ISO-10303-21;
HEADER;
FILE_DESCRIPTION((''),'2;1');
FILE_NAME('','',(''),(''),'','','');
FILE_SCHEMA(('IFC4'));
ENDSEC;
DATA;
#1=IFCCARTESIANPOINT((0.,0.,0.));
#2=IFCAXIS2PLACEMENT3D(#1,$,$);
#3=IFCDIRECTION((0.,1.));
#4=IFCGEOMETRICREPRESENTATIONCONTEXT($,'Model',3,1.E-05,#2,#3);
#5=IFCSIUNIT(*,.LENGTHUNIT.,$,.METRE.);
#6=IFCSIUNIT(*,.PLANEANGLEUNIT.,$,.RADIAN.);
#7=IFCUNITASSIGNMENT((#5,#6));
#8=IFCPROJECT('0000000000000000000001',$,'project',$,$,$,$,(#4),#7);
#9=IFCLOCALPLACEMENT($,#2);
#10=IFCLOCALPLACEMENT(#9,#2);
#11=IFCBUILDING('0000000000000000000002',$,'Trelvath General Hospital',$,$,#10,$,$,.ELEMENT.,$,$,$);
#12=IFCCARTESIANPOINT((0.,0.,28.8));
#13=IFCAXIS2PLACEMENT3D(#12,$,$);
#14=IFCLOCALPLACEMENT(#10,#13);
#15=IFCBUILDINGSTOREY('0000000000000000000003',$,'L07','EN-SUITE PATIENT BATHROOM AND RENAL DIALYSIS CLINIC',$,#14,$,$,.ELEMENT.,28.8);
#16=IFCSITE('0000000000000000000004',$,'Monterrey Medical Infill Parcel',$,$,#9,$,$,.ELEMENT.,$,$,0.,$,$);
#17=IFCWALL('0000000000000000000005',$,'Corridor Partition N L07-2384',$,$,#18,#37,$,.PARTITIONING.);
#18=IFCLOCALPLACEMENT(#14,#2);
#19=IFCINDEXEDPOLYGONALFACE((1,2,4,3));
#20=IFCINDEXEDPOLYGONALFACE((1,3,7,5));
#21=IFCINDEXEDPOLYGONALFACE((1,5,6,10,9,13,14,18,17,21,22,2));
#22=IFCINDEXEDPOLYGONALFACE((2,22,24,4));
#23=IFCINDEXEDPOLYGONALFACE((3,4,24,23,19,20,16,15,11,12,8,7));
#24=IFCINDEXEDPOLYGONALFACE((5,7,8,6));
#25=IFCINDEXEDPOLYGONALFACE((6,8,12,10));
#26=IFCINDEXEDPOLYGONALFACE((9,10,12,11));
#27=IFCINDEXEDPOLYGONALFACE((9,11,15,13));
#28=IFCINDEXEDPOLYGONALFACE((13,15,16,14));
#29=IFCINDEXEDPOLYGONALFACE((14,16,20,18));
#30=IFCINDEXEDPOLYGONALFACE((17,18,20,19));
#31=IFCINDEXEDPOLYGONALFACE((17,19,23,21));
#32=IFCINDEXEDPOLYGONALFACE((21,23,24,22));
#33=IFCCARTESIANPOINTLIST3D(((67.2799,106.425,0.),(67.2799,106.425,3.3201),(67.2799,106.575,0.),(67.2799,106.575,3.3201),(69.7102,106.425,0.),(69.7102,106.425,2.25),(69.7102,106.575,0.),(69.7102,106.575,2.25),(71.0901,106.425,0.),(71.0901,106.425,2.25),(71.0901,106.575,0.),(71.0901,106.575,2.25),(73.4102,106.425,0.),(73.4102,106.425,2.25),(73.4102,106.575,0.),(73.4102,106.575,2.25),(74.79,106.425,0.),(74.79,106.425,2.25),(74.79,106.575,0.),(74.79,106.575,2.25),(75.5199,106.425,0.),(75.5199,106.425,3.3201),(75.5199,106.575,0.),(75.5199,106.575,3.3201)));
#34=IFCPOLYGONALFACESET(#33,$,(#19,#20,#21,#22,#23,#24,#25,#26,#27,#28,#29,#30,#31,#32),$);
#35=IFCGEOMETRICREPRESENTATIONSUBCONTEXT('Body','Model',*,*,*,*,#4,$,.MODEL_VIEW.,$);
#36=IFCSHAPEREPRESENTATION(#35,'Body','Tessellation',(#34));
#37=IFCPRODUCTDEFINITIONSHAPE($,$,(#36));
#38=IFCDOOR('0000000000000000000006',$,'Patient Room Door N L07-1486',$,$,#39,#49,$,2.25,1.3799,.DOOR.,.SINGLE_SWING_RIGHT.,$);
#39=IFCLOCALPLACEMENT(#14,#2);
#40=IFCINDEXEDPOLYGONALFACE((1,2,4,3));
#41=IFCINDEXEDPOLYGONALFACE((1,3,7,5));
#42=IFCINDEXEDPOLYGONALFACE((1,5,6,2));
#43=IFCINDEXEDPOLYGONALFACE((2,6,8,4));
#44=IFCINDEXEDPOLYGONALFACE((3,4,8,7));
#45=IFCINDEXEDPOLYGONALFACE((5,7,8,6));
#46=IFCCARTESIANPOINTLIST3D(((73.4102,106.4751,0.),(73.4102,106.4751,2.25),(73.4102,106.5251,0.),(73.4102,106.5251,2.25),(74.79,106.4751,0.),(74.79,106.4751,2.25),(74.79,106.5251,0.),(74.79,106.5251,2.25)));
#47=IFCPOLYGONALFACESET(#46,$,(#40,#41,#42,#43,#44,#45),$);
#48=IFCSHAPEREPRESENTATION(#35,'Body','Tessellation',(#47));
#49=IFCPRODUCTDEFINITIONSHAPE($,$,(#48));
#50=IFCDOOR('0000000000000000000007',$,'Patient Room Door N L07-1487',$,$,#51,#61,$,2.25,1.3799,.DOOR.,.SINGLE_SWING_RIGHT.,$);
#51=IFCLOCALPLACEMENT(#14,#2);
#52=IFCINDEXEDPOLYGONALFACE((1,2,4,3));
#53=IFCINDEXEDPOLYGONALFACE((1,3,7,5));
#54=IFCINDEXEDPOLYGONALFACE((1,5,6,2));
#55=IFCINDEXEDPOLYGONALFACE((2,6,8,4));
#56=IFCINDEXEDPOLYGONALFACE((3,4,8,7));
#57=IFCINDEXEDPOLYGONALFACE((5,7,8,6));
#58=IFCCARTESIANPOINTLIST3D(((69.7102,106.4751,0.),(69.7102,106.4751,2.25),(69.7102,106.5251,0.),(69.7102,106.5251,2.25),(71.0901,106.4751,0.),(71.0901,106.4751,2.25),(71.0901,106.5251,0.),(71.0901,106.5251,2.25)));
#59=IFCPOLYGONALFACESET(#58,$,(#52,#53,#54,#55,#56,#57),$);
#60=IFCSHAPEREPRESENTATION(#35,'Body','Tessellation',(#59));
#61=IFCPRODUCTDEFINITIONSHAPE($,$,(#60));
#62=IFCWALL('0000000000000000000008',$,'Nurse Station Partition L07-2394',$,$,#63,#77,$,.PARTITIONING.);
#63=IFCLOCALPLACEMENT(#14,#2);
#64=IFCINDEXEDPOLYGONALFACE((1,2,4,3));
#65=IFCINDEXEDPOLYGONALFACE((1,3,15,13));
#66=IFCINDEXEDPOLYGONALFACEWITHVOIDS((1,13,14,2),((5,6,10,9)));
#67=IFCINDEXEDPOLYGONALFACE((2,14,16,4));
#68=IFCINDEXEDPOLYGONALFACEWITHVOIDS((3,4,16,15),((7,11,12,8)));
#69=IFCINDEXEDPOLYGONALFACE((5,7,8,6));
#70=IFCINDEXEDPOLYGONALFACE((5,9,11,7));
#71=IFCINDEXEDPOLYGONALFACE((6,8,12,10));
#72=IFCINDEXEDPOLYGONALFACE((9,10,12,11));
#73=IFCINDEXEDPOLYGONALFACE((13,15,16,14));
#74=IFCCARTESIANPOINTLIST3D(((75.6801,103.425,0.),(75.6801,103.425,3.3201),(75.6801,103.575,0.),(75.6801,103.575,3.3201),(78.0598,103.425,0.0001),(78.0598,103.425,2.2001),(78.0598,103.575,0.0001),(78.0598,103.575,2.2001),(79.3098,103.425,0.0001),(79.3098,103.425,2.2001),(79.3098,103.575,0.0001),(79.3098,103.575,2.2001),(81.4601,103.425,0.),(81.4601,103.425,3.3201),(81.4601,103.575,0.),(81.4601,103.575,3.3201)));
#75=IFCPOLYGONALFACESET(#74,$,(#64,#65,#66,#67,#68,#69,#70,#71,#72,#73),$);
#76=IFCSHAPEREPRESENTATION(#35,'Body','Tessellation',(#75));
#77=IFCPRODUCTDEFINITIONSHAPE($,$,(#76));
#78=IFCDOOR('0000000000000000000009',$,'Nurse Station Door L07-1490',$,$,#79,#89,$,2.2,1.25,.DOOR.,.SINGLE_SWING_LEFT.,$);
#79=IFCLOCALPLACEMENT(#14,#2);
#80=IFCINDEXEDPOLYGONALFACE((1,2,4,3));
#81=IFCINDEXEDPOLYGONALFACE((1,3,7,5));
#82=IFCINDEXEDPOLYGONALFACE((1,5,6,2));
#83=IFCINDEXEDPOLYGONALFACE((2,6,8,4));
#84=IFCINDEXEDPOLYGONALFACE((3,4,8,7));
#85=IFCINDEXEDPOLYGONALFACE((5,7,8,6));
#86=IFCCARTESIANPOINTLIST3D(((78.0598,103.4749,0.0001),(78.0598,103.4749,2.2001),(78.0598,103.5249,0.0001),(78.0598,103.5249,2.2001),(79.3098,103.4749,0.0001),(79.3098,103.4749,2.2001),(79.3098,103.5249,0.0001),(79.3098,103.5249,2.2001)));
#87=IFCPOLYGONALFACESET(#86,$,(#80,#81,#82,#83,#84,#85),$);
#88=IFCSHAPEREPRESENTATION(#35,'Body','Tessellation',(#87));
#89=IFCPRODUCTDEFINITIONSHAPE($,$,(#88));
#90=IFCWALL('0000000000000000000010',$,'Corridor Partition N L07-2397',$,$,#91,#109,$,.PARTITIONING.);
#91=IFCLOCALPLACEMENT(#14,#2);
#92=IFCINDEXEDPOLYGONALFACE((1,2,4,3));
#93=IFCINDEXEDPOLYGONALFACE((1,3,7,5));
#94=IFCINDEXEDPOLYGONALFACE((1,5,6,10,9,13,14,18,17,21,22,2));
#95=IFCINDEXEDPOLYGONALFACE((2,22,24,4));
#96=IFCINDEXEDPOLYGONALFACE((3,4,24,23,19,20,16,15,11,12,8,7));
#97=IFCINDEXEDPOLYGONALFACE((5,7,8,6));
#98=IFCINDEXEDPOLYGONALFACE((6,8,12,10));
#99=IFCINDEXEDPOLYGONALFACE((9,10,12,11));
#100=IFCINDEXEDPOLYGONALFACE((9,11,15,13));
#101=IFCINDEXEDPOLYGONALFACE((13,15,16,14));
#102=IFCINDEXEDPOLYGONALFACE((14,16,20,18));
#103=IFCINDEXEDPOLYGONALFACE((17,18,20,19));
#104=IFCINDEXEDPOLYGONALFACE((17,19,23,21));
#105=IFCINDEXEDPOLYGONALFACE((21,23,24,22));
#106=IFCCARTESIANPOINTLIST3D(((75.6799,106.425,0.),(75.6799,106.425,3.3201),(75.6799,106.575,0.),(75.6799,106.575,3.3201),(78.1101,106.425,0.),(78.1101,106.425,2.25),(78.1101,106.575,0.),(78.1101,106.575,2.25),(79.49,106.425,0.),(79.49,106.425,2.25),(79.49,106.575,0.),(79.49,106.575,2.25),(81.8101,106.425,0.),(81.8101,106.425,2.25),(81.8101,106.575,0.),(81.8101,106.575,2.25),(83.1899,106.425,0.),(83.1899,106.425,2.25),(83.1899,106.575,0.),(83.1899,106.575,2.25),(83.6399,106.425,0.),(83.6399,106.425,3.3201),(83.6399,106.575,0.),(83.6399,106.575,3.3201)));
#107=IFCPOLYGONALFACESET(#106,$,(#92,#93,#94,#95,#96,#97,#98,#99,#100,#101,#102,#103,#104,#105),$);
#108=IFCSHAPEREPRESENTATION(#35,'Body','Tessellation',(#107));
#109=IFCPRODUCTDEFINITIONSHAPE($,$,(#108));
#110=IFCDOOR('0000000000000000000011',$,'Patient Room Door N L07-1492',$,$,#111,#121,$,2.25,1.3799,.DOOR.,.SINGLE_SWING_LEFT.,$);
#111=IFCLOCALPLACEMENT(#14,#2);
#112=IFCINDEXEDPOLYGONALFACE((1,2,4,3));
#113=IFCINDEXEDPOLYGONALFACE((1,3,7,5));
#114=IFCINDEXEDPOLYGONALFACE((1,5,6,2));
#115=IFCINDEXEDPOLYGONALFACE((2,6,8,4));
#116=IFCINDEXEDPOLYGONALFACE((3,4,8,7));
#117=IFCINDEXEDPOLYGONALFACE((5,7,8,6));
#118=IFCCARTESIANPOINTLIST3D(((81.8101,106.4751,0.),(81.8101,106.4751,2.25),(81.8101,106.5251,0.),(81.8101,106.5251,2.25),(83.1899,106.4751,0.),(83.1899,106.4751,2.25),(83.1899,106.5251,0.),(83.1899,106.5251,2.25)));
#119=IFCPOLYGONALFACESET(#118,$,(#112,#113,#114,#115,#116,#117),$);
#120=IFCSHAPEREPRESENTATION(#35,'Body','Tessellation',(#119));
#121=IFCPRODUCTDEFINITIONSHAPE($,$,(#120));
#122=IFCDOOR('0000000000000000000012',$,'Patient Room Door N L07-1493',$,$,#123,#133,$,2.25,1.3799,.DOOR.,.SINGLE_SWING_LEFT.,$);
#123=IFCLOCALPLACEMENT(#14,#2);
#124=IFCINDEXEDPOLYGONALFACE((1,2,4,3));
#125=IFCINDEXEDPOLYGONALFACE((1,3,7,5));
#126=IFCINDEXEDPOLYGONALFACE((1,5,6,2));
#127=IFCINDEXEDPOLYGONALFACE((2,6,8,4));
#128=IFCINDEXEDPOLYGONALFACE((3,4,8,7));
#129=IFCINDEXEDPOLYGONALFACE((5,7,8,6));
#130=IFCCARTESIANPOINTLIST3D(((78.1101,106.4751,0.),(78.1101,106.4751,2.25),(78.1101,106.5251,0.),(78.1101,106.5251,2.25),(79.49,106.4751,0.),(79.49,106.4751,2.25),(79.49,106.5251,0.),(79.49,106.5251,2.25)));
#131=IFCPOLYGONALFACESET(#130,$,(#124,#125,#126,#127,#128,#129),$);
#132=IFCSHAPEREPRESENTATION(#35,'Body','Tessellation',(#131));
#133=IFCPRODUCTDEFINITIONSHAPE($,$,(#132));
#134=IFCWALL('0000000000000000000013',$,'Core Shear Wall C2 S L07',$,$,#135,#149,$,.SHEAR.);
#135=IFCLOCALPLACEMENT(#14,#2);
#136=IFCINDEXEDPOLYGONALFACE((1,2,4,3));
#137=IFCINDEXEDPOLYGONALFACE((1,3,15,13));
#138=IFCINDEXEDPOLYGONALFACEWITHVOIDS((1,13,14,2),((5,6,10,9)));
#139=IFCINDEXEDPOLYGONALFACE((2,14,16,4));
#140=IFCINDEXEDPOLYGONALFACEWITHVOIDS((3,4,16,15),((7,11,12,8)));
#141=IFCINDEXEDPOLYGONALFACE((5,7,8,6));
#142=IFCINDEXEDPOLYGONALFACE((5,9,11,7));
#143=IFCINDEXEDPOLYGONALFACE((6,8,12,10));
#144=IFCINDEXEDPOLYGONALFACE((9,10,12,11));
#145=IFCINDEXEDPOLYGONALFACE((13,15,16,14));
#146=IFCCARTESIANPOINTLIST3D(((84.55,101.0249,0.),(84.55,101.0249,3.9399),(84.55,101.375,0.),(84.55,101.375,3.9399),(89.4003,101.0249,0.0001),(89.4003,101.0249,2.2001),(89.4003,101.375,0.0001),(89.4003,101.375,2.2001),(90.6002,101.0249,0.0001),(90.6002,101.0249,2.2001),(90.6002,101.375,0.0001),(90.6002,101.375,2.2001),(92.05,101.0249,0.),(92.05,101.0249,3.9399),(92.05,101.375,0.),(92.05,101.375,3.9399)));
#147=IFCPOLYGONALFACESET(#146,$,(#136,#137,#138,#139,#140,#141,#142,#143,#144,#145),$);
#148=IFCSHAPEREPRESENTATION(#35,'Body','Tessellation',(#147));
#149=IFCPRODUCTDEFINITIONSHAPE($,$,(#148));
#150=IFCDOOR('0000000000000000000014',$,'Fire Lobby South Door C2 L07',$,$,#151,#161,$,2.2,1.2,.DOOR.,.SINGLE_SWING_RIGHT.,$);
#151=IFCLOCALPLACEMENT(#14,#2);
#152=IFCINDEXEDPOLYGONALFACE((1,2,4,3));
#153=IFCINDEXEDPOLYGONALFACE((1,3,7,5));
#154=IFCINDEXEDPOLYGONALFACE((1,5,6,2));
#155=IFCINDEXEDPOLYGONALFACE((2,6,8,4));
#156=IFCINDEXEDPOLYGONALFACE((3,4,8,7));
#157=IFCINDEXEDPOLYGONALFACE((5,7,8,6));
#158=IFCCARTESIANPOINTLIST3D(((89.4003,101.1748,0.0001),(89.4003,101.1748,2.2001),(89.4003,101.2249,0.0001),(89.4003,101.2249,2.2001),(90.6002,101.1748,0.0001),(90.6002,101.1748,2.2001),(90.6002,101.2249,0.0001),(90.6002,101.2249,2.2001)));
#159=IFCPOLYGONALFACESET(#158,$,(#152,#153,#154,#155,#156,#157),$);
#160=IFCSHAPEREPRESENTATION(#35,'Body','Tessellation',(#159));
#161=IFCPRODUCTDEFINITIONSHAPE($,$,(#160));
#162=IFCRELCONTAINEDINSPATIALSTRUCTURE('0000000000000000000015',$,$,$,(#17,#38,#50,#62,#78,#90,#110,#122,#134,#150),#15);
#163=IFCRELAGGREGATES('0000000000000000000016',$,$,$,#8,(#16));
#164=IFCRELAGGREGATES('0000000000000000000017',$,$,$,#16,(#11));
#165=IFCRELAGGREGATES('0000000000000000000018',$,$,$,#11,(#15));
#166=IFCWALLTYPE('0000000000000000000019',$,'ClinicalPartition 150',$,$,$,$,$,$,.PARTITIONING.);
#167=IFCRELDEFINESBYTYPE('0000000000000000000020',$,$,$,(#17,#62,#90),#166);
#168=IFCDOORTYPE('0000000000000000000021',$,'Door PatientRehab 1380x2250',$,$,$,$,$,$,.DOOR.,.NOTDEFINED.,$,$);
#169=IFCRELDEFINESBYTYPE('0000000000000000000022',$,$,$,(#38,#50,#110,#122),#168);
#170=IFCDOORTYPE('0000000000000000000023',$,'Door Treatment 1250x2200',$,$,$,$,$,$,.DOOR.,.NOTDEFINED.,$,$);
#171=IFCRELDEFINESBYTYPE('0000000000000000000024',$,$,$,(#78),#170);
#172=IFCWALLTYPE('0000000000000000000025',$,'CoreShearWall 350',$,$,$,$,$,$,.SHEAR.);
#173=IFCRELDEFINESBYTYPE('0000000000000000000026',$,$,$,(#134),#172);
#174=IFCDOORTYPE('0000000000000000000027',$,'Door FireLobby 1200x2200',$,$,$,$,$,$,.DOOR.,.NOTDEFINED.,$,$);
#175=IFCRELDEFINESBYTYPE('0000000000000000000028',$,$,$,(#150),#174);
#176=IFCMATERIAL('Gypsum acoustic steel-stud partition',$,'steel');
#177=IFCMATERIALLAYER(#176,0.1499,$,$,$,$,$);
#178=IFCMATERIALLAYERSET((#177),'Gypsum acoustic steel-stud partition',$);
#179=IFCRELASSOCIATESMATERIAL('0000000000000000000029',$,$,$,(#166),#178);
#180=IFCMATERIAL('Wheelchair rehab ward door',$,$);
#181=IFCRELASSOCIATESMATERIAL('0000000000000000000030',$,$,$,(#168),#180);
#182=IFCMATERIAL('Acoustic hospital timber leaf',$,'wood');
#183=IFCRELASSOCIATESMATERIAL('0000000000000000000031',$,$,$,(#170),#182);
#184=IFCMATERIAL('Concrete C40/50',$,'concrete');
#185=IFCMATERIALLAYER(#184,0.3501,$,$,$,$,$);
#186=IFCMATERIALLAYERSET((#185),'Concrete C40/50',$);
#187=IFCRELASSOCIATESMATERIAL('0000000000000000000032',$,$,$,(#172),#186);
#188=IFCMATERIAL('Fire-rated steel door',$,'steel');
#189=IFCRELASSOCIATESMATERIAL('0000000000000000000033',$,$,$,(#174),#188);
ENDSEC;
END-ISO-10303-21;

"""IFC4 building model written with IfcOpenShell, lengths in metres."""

from ifc_helpers import new_model, si_unit, direction, frame, frame_2d, origin, place, context, subcontext, project, spatial, rectangle, extrude, material, layer, layer_set, type_object, element, fill, save


model = new_model("IFC4")

# Units and contexts
model_context = context("Model", 3, precision=1e-05, world=origin(), true_north=direction((0.0, 1.0)))
body_context = subcontext(model_context, "Body", "Model", "MODEL_VIEW")
ifc_project = project(units=[si_unit("LENGTHUNIT", "METRE"), si_unit("PLANEANGLEUNIT", "RADIAN")], contexts=[model_context])

# Site, building, storey
site_placement = place(None, origin())
site = spatial("IfcSite", under=ifc_project, at=site_placement, Name="Monterrey Medical Infill Parcel", CompositionType="ELEMENT", RefElevation=0.0)
building_placement = place(site_placement, origin())
building = spatial("IfcBuilding", under=site, at=building_placement, Name="Trelvath General Hospital", CompositionType="ELEMENT")
storey_placement = place(building_placement, frame((0.0, 0.0, 28.8)))
storey = spatial("IfcBuildingStorey", under=building, at=storey_placement, Name="L07", Description="EN-SUITE PATIENT BATHROOM AND RENAL DIALYSIS CLINIC", CompositionType="ELEMENT", Elevation=28.8)

# Wall, openings, doors
ifc_material_1 = material(Name="Gypsum acoustic steel-stud partition", Category="steel")
ifc_layer_1 = layer(ifc_material_1, 0.1499)
ifc_layer_set_1 = layer_set([ifc_layer_1], Name="Gypsum acoustic steel-stud partition")
wall_type_1 = type_object("IfcWallType", Name="ClinicalPartition 150", PredefinedType="PARTITIONING", material=ifc_layer_set_1)
wall_1_placement = place(storey_placement, frame((75.52, 106.5, 0.0), z_axis=(0.0, 0.0, 1.0), x_axis=(-1.0, 0.0, 0.0)))
wall_1 = element("IfcWall", 1, at=wall_1_placement, inside=storey, type_object=wall_type_1, Name="Corridor Partition N L07-2384", PredefinedType="PARTITIONING", context=body_context, shape_type="SweptSolid", body=[
    extrude(rectangle(XDim=8.24, YDim=0.1499, at=frame_2d((4.1201, 0.0))), origin(), (0.0, 0.0, 1.0), 3.3201),
])
opening_1_placement = place(wall_1_placement, frame((0.73, 0.0, 0.0)))
opening_1 = element("IfcOpeningElement", 2, at=opening_1_placement, cuts=wall_1, PredefinedType="OPENING", context=body_context, shape_type="SweptSolid", body=[
    extrude(rectangle(XDim=1.3799, YDim=2.25, at=frame_2d((0.6899, 1.125))), frame((0.0, 0.085, 0.0), z_axis=(0.0, -1.0, 0.0), x_axis=(1.0, 0.0, 0.0)), (0.0, 0.0, 1.0), 0.1699),
])
opening_2_placement = place(wall_1_placement, frame((4.4299, 0.0, 0.0)))
opening_2 = element("IfcOpeningElement", 3, at=opening_2_placement, cuts=wall_1, PredefinedType="OPENING", context=body_context, shape_type="SweptSolid", body=[
    extrude(rectangle(XDim=1.3799, YDim=2.25, at=frame_2d((0.6899, 1.125))), frame((0.0, 0.085, 0.0), z_axis=(0.0, -1.0, 0.0), x_axis=(1.0, 0.0, 0.0)), (0.0, 0.0, 1.0), 0.1699),
])
ifc_material_2 = material(Name="Wheelchair rehab ward door")
door_type_1 = type_object("IfcDoorType", Name="Door PatientRehab 1380x2250", OperationType="NOTDEFINED", PredefinedType="DOOR", material=ifc_material_2)
door_1_placement = place(opening_1_placement, origin())
door_1 = element("IfcDoor", 4, at=door_1_placement, inside=storey, type_object=door_type_1, Name="Patient Room Door N L07-1486", OperationType="SINGLE_SWING_RIGHT", OverallHeight=2.25, OverallWidth=1.3799, PredefinedType="DOOR", context=body_context, shape_type="SweptSolid", body=[
    extrude(rectangle(XDim=1.3799, YDim=2.25, at=frame_2d((0.6899, 1.125))), frame((0.0, 0.0249, 0.0), z_axis=(0.0, -1.0, 0.0), x_axis=(1.0, 0.0, 0.0)), (0.0, 0.0, 1.0), 0.05),
])
fill(opening_1, door_1)
door_2_placement = place(opening_2_placement, origin())
door_2 = element("IfcDoor", 5, at=door_2_placement, inside=storey, type_object=door_type_1, Name="Patient Room Door N L07-1487", OperationType="SINGLE_SWING_RIGHT", OverallHeight=2.25, OverallWidth=1.3799, PredefinedType="DOOR", context=body_context, shape_type="SweptSolid", body=[
    extrude(rectangle(XDim=1.3799, YDim=2.25, at=frame_2d((0.6899, 1.125))), frame((0.0, 0.0249, 0.0), z_axis=(0.0, -1.0, 0.0), x_axis=(1.0, 0.0, 0.0)), (0.0, 0.0, 1.0), 0.05),
])
fill(opening_2, door_2)

# Wall, opening, door
wall_2_placement = place(storey_placement, frame((75.6799, 103.5, 0.0), z_axis=(0.0, 0.0, 1.0), x_axis=(1.0, 0.0, 0.0)))
wall_2 = element("IfcWall", 6, at=wall_2_placement, inside=storey, type_object=wall_type_1, Name="Nurse Station Partition L07-2394", PredefinedType="PARTITIONING", context=body_context, shape_type="SweptSolid", body=[
    extrude(rectangle(XDim=5.78, YDim=0.1499, at=frame_2d((2.8901, 0.0))), origin(), (0.0, 0.0, 1.0), 3.3201),
])
opening_3_placement = place(wall_2_placement, frame((2.3799, 0.0, 0.0)))
opening_3 = element("IfcOpeningElement", 7, at=opening_3_placement, cuts=wall_2, PredefinedType="OPENING", context=body_context, shape_type="SweptSolid", body=[
    extrude(rectangle(XDim=1.25, YDim=2.2, at=frame_2d((0.625, 1.1001))), frame((0.0, 0.085, 0.0), z_axis=(0.0, -1.0, 0.0), x_axis=(1.0, 0.0, 0.0)), (0.0, 0.0, 1.0), 0.1699),
])
ifc_material_3 = material(Name="Acoustic hospital timber leaf", Category="wood")
door_type_2 = type_object("IfcDoorType", Name="Door Treatment 1250x2200", OperationType="NOTDEFINED", PredefinedType="DOOR", material=ifc_material_3)
door_3_placement = place(opening_3_placement, origin())
door_3 = element("IfcDoor", 8, at=door_3_placement, inside=storey, type_object=door_type_2, Name="Nurse Station Door L07-1490", OperationType="SINGLE_SWING_LEFT", OverallHeight=2.2, OverallWidth=1.25, PredefinedType="DOOR", context=body_context, shape_type="SweptSolid", body=[
    extrude(rectangle(XDim=1.25, YDim=2.2, at=frame_2d((0.625, 1.1001))), frame((0.0, 0.0249, 0.0), z_axis=(0.0, -1.0, 0.0), x_axis=(1.0, 0.0, 0.0)), (0.0, 0.0, 1.0), 0.05),
])
fill(opening_3, door_3)

# Wall, openings, doors
wall_3_placement = place(storey_placement, frame((83.6399, 106.5, 0.0), z_axis=(0.0, 0.0, 1.0), x_axis=(-1.0, 0.0, 0.0)))
wall_3 = element("IfcWall", 9, at=wall_3_placement, inside=storey, type_object=wall_type_1, Name="Corridor Partition N L07-2397", PredefinedType="PARTITIONING", context=body_context, shape_type="SweptSolid", body=[
    extrude(rectangle(XDim=7.96, YDim=0.1499, at=frame_2d((3.98, 0.0))), origin(), (0.0, 0.0, 1.0), 3.3201),
])
opening_4_placement = place(wall_3_placement, frame((0.45, 0.0, 0.0)))
opening_4 = element("IfcOpeningElement", 10, at=opening_4_placement, cuts=wall_3, PredefinedType="OPENING", context=body_context, shape_type="SweptSolid", body=[
    extrude(rectangle(XDim=1.3799, YDim=2.25, at=frame_2d((0.6899, 1.125))), frame((0.0, 0.085, 0.0), z_axis=(0.0, -1.0, 0.0), x_axis=(1.0, 0.0, 0.0)), (0.0, 0.0, 1.0), 0.1699),
])
opening_5_placement = place(wall_3_placement, frame((4.1499, 0.0, 0.0)))
opening_5 = element("IfcOpeningElement", 11, at=opening_5_placement, cuts=wall_3, PredefinedType="OPENING", context=body_context, shape_type="SweptSolid", body=[
    extrude(rectangle(XDim=1.3799, YDim=2.25, at=frame_2d((0.6899, 1.125))), frame((0.0, 0.085, 0.0), z_axis=(0.0, -1.0, 0.0), x_axis=(1.0, 0.0, 0.0)), (0.0, 0.0, 1.0), 0.1699),
])
door_4_placement = place(opening_4_placement, origin())
door_4 = element("IfcDoor", 12, at=door_4_placement, inside=storey, type_object=door_type_1, Name="Patient Room Door N L07-1492", OperationType="SINGLE_SWING_LEFT", OverallHeight=2.25, OverallWidth=1.3799, PredefinedType="DOOR", context=body_context, shape_type="SweptSolid", body=[
    extrude(rectangle(XDim=1.3799, YDim=2.25, at=frame_2d((0.6899, 1.125))), frame((0.0, 0.0249, 0.0), z_axis=(0.0, -1.0, 0.0), x_axis=(1.0, 0.0, 0.0)), (0.0, 0.0, 1.0), 0.05),
])
fill(opening_4, door_4)
door_5_placement = place(opening_5_placement, origin())
door_5 = element("IfcDoor", 13, at=door_5_placement, inside=storey, type_object=door_type_1, Name="Patient Room Door N L07-1493", OperationType="SINGLE_SWING_LEFT", OverallHeight=2.25, OverallWidth=1.3799, PredefinedType="DOOR", context=body_context, shape_type="SweptSolid", body=[
    extrude(rectangle(XDim=1.3799, YDim=2.25, at=frame_2d((0.6899, 1.125))), frame((0.0, 0.0249, 0.0), z_axis=(0.0, -1.0, 0.0), x_axis=(1.0, 0.0, 0.0)), (0.0, 0.0, 1.0), 0.05),
])
fill(opening_5, door_5)

# Wall, opening, door
ifc_material_4 = material(Name="Concrete C40/50", Category="concrete")
ifc_layer_2 = layer(ifc_material_4, 0.3501)
ifc_layer_set_2 = layer_set([ifc_layer_2], Name="Concrete C40/50")
wall_type_2 = type_object("IfcWallType", Name="CoreShearWall 350", PredefinedType="SHEAR", material=ifc_layer_set_2)
wall_4_placement = place(storey_placement, frame((84.55, 101.2, 0.0), z_axis=(0.0, 0.0, 1.0), x_axis=(1.0, 0.0, 0.0)))
wall_4 = element("IfcWall", 14, at=wall_4_placement, inside=storey, type_object=wall_type_2, Name="Core Shear Wall C2 S L07", PredefinedType="SHEAR", context=body_context, shape_type="SweptSolid", body=[
    extrude(rectangle(XDim=7.5, YDim=0.3501, at=frame_2d((3.75, 0.0))), origin(), (0.0, 0.0, 1.0), 3.9399),
])
opening_6_placement = place(wall_4_placement, frame((4.8501, 0.0, 0.0)))
opening_6 = element("IfcOpeningElement", 15, at=opening_6_placement, cuts=wall_4, PredefinedType="OPENING", context=body_context, shape_type="SweptSolid", body=[
    extrude(rectangle(XDim=1.2, YDim=2.2, at=frame_2d((0.6001, 1.1001))), frame((0.0, 0.1851, 0.0), z_axis=(0.0, -1.0, 0.0), x_axis=(1.0, 0.0, 0.0)), (0.0, 0.0, 1.0), 0.3701),
])
ifc_material_5 = material(Name="Fire-rated steel door", Category="steel")
door_type_3 = type_object("IfcDoorType", Name="Door FireLobby 1200x2200", OperationType="NOTDEFINED", PredefinedType="DOOR", material=ifc_material_5)
door_6_placement = place(opening_6_placement, origin())
door_6 = element("IfcDoor", 16, at=door_6_placement, inside=storey, type_object=door_type_3, Name="Fire Lobby South Door C2 L07", OperationType="SINGLE_SWING_RIGHT", OverallHeight=2.2, OverallWidth=1.2, PredefinedType="DOOR", context=body_context, shape_type="SweptSolid", body=[
    extrude(rectangle(XDim=1.2, YDim=2.2, at=frame_2d((0.6001, 1.1001))), frame((0.0, 0.0249, 0.0), z_axis=(0.0, -1.0, 0.0), x_axis=(1.0, 0.0, 0.0)), (0.0, 0.0, 1.0), 0.05),
])
fill(opening_6, door_6)

save(model, "model.ifc")
